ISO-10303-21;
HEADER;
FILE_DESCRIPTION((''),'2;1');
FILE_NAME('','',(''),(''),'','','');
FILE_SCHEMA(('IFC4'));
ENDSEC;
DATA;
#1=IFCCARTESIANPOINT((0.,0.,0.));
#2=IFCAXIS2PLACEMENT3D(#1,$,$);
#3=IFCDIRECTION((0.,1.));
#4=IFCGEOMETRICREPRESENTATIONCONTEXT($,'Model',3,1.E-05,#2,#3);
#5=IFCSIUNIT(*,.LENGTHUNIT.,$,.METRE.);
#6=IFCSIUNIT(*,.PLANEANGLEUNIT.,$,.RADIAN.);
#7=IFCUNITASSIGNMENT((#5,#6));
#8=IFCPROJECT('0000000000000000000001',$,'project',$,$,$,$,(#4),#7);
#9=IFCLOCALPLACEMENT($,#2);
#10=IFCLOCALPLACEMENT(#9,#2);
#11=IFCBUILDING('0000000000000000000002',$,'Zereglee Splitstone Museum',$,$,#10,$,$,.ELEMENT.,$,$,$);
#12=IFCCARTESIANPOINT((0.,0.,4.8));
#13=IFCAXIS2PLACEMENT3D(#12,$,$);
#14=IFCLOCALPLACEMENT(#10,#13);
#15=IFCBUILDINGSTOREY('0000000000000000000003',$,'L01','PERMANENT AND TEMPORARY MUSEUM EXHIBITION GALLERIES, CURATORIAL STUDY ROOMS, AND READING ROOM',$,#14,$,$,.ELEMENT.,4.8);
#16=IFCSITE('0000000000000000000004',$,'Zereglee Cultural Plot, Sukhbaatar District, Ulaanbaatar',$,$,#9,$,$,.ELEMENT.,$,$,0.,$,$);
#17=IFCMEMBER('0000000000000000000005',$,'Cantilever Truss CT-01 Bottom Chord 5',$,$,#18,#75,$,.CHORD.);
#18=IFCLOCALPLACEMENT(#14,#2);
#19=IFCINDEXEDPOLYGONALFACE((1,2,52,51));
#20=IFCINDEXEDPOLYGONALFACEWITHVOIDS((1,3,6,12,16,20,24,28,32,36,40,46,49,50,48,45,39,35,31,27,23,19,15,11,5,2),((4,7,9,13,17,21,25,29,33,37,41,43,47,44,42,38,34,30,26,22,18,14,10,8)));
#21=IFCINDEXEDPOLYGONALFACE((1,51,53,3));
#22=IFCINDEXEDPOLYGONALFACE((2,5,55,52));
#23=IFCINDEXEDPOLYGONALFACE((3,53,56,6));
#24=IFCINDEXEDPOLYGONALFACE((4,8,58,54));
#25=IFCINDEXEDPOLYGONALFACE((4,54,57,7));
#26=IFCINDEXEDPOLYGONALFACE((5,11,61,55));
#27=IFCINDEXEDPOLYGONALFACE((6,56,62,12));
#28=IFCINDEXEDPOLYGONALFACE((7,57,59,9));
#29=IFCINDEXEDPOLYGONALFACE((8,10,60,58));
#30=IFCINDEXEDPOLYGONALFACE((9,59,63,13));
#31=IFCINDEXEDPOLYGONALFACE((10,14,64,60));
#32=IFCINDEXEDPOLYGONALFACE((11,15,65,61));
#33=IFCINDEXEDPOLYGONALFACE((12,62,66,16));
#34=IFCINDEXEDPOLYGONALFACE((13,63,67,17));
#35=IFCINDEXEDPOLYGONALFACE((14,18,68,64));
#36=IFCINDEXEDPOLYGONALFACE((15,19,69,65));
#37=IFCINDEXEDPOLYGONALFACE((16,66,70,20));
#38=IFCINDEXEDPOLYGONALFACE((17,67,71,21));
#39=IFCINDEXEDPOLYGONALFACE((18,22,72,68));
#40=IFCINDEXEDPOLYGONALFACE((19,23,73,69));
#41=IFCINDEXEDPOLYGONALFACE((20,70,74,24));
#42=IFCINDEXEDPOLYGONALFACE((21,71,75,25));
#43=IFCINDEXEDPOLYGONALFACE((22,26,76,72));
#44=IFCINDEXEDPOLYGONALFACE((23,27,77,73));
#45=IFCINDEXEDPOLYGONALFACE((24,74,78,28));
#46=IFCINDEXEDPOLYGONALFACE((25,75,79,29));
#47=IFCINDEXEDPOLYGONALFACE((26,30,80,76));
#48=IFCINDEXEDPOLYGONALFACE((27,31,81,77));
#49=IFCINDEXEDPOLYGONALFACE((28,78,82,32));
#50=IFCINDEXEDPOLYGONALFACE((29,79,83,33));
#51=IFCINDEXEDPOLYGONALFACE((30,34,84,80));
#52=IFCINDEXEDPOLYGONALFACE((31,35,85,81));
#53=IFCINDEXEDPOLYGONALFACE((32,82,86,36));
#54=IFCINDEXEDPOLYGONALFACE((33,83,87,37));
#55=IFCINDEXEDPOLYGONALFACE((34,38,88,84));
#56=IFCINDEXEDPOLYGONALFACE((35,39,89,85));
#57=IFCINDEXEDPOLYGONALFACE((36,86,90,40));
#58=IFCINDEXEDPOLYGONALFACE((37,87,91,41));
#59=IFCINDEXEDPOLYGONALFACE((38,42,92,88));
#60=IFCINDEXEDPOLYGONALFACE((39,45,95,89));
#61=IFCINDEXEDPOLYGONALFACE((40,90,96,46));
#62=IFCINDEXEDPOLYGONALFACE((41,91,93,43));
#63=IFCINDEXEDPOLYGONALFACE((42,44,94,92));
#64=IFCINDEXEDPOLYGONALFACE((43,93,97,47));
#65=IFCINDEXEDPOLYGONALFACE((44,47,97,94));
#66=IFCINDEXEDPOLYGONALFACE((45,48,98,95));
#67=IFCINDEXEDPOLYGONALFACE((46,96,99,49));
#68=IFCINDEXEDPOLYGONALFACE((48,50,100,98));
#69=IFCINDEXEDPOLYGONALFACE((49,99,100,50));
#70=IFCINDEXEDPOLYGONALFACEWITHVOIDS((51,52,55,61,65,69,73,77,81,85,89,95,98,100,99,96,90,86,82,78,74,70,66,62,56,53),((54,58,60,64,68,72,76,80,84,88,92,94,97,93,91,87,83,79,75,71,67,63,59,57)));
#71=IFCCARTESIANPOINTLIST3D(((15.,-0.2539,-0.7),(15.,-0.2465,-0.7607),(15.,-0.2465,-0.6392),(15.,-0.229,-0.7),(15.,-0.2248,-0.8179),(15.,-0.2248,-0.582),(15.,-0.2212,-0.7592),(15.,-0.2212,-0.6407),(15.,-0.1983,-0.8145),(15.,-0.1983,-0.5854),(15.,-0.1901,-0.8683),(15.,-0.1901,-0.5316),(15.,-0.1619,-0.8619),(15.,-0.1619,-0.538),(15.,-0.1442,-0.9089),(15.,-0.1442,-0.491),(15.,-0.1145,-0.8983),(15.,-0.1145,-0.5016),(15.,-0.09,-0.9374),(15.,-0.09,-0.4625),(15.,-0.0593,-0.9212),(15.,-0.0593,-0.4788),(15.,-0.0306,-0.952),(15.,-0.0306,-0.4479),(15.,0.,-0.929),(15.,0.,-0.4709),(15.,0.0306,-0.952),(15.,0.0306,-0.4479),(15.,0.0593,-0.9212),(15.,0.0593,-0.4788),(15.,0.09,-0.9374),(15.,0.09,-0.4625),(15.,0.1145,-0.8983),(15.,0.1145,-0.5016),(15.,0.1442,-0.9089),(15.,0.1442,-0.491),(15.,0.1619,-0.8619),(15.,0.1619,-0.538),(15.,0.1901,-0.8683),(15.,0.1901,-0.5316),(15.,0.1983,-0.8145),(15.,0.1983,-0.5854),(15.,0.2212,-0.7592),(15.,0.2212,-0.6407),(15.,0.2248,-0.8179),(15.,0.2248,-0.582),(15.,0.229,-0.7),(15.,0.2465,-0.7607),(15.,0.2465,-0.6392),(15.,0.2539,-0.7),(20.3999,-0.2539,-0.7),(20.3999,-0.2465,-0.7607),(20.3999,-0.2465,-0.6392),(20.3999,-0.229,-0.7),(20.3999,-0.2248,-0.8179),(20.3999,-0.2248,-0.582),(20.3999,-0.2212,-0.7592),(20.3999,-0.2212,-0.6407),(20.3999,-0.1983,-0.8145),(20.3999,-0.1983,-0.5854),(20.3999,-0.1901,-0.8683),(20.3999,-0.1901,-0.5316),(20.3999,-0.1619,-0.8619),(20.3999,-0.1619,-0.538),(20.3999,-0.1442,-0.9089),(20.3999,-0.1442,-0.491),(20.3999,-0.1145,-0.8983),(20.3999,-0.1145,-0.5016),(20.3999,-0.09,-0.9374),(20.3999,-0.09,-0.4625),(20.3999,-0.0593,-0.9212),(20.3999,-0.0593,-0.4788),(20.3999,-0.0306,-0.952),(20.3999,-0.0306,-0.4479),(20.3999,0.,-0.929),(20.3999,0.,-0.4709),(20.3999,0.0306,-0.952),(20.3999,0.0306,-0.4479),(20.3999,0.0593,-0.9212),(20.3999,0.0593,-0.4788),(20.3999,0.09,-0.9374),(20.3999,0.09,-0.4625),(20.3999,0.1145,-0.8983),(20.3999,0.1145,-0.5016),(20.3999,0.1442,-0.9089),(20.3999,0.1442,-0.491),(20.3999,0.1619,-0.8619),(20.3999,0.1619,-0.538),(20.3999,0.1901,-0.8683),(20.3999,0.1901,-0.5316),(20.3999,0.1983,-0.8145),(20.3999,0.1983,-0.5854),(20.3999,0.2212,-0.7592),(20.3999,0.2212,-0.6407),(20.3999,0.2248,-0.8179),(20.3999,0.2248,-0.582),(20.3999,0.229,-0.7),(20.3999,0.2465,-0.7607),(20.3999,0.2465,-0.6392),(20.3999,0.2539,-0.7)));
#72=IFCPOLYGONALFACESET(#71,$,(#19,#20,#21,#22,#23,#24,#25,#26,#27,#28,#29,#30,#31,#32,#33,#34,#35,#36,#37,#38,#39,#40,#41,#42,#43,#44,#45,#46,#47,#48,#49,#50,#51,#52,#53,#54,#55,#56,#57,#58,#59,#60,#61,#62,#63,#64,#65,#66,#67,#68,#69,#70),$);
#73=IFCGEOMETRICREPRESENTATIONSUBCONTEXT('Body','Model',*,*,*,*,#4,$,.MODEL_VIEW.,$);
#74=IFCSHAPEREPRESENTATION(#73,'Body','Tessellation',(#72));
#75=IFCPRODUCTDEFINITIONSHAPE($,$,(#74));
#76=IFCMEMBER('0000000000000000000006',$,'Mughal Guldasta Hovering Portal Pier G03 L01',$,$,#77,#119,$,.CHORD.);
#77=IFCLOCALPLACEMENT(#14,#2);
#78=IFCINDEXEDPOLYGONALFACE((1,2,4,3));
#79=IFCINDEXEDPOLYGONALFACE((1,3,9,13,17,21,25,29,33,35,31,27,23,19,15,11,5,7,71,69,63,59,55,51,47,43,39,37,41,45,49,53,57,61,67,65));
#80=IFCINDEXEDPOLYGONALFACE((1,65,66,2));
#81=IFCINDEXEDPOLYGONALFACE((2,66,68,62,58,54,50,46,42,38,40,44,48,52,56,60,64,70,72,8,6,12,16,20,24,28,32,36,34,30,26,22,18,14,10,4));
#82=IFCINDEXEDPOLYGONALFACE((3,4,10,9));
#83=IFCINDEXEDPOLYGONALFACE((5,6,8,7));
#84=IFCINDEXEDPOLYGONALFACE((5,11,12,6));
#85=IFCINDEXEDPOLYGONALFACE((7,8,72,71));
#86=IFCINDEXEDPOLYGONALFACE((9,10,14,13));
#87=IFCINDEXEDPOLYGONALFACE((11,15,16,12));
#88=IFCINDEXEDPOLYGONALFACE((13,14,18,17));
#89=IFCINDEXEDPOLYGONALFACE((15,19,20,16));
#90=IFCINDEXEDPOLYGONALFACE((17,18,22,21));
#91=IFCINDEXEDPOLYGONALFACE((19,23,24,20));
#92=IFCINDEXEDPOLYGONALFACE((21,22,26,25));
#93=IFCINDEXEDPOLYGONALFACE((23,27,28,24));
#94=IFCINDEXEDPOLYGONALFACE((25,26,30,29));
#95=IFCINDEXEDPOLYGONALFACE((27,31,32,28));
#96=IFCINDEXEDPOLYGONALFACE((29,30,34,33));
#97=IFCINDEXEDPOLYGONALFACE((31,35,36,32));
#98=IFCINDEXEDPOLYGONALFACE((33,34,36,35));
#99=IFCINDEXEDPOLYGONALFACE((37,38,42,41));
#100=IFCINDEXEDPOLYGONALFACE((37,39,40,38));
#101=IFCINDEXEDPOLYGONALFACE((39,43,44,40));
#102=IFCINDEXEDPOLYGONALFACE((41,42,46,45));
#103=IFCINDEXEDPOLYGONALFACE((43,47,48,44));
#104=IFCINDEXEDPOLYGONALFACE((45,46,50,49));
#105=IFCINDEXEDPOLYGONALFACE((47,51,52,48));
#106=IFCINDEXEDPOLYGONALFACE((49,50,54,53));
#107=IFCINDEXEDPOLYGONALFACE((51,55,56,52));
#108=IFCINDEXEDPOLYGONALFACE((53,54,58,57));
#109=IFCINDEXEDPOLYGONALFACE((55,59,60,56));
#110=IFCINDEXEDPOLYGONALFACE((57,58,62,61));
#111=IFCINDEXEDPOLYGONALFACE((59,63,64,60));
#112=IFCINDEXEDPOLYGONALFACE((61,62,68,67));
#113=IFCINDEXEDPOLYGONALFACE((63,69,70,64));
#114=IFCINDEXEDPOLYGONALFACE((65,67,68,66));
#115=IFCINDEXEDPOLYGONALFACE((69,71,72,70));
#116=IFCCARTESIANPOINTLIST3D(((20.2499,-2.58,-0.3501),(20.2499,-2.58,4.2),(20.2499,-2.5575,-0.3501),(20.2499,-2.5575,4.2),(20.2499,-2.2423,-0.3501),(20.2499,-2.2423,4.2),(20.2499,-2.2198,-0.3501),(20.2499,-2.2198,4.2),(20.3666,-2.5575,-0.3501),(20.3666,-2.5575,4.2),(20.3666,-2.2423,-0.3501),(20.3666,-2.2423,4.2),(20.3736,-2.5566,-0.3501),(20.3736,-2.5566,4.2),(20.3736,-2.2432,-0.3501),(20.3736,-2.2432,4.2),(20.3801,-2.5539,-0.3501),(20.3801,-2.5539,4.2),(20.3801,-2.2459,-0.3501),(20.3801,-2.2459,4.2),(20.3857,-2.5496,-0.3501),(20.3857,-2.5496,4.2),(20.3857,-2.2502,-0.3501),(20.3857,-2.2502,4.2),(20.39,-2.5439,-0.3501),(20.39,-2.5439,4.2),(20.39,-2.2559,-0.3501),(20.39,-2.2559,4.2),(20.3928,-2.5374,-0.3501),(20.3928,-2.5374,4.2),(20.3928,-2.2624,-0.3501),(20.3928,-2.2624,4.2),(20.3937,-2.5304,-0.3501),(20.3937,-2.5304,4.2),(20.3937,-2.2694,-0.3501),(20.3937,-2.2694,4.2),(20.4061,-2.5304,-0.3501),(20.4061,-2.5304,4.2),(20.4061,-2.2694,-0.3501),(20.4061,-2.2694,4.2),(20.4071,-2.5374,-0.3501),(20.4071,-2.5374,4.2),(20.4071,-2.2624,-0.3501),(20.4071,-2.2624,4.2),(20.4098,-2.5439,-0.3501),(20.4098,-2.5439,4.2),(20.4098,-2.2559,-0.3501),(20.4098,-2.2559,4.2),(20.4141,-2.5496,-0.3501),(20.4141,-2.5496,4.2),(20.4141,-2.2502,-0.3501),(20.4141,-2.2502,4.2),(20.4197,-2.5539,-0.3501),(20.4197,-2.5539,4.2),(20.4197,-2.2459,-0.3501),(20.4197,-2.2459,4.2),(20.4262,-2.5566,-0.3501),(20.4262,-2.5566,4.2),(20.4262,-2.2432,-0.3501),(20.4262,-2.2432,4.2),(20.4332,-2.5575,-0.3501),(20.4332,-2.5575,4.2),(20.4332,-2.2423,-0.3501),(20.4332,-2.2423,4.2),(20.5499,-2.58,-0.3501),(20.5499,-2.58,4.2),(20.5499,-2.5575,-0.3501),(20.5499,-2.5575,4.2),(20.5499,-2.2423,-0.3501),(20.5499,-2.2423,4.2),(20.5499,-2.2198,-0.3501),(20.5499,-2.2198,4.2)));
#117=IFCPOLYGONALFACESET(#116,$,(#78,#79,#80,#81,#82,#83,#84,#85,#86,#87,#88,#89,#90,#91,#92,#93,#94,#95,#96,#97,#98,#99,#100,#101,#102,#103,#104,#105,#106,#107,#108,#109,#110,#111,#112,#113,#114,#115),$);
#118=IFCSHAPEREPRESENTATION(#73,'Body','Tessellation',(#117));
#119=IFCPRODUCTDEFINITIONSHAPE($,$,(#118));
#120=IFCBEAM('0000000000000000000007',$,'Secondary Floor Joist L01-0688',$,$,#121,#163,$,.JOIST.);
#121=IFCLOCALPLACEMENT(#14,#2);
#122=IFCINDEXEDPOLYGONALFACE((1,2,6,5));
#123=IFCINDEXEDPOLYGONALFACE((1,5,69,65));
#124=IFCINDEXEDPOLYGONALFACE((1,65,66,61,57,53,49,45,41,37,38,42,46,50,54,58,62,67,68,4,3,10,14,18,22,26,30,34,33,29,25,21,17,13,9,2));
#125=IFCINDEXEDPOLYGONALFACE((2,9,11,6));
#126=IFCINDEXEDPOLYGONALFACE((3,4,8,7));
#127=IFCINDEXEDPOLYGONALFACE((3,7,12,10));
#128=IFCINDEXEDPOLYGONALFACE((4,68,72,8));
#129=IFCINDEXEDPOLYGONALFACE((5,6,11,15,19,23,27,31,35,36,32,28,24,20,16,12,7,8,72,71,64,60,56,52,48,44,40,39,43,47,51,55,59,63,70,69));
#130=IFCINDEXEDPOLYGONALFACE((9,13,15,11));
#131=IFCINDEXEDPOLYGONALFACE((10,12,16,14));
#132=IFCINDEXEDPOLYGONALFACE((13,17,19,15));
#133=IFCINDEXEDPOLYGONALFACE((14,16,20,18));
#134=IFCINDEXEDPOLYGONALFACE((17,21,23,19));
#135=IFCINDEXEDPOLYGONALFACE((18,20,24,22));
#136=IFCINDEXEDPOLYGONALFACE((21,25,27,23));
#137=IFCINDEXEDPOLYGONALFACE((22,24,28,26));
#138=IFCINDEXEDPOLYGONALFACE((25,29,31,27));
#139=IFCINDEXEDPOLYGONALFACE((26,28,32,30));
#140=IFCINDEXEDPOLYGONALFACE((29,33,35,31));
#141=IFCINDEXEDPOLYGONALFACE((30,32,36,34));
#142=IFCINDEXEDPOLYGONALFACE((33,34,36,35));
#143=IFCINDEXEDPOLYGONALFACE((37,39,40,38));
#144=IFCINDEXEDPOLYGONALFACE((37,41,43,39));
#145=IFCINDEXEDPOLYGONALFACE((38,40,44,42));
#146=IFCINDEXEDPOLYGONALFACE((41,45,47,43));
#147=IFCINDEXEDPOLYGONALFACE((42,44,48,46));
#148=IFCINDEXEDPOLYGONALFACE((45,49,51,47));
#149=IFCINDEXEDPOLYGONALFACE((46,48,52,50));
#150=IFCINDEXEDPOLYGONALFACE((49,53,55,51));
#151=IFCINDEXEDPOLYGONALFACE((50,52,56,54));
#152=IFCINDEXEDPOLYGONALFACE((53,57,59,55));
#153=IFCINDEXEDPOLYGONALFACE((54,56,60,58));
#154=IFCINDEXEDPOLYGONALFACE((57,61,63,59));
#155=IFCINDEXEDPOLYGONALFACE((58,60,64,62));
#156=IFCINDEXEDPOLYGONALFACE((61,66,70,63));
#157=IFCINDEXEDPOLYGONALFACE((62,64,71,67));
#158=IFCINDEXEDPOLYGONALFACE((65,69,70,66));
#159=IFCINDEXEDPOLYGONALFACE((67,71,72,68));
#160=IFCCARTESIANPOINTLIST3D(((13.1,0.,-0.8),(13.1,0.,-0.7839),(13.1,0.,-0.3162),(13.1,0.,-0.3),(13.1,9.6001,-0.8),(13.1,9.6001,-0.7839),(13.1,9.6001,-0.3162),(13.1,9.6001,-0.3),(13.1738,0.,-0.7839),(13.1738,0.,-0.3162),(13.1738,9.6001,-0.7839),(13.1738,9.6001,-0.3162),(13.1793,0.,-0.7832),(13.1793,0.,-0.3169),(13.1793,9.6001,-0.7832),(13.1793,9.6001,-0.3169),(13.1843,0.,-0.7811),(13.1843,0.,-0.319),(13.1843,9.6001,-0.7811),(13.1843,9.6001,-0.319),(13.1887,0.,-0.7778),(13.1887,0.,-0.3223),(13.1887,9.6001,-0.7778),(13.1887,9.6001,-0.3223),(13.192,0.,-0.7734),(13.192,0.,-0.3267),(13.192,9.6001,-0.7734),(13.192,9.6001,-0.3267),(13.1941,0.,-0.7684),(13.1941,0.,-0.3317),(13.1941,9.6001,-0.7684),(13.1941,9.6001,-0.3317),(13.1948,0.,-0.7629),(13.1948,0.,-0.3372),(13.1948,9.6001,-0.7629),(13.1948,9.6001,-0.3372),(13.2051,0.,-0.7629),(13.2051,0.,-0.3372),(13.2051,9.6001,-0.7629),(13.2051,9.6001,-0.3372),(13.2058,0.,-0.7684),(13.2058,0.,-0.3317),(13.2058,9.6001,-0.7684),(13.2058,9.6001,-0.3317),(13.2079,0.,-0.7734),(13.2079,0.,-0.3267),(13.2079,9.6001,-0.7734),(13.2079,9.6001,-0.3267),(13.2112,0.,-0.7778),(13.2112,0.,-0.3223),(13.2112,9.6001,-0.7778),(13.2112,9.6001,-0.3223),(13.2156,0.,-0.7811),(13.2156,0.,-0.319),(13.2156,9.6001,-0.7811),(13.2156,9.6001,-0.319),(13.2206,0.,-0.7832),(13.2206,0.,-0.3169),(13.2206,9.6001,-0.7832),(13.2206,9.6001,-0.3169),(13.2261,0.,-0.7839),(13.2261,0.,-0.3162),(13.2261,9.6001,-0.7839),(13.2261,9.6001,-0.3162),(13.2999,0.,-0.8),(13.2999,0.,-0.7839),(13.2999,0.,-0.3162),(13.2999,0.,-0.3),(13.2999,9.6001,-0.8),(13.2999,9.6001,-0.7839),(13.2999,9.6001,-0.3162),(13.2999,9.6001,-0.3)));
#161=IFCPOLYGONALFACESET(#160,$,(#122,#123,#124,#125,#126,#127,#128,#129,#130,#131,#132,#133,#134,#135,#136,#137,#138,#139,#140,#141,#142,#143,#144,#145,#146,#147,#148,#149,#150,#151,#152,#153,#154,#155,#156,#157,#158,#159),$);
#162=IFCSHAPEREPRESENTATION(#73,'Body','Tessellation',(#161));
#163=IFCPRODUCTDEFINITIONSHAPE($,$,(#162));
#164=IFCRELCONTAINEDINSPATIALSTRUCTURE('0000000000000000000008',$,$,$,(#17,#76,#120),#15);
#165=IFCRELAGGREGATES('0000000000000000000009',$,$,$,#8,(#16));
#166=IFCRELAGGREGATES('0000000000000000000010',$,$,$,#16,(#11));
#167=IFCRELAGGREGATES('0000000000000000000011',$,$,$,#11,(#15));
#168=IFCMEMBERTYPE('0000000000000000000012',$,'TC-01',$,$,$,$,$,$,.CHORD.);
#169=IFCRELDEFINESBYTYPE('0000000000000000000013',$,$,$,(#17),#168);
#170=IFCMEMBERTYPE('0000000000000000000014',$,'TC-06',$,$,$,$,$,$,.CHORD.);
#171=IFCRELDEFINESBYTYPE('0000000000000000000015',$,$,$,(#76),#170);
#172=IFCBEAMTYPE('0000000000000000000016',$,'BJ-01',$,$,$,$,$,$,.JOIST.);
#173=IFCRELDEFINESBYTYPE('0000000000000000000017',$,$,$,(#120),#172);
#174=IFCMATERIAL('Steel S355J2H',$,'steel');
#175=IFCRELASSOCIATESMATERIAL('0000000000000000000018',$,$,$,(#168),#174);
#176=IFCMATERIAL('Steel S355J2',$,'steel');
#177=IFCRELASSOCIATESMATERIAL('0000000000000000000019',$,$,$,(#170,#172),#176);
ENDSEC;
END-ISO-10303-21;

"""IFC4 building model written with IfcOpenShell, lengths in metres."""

from ifc_helpers import new_model, si_unit, direction, frame, origin, origin_2d, place, context, subcontext, project, spatial, hollow_circle, i_section, extrude, material, material_profile, profile_set, type_object, element, save


model = new_model("IFC4")

# Units and contexts
model_context = context("Model", 3, precision=1e-05, world=origin(), true_north=direction((0.0, 1.0)))
body_context = subcontext(model_context, "Body", "Model", "MODEL_VIEW")
ifc_project = project(units=[si_unit("LENGTHUNIT", "METRE"), si_unit("PLANEANGLEUNIT", "RADIAN")], contexts=[model_context])

# Site, building, storey
site_placement = place(None, origin())
site = spatial("IfcSite", under=ifc_project, at=site_placement, Name="Zereglee Cultural Plot, Sukhbaatar District, Ulaanbaatar", CompositionType="ELEMENT", RefElevation=0.0)
building_placement = place(site_placement, origin())
building = spatial("IfcBuilding", under=site, at=building_placement, Name="Zereglee Splitstone Museum", CompositionType="ELEMENT")
storey_placement = place(building_placement, frame((0.0, 0.0, 4.8)))
storey = spatial("IfcBuildingStorey", under=building, at=storey_placement, Name="L01", Description="PERMANENT AND TEMPORARY MUSEUM EXHIBITION GALLERIES, CURATORIAL STUDY ROOMS, AND READING ROOM", CompositionType="ELEMENT", Elevation=4.8)

# Members
ifc_material_1 = material(Name="Steel S355J2H", Category="steel")
ifc_material_profile_1 = material_profile(ifc_material_1, hollow_circle(Radius=0.2539, WallThickness=0.0249, at=origin_2d()), Name="CHS 508.0x25")
ifc_profile_set_1 = profile_set([ifc_material_profile_1], Name="Steel S355J2H")
member_type_1 = type_object("IfcMemberType", Name="TC-01", PredefinedType="CHORD", material=ifc_profile_set_1)
for number, where, z_axis, x_axis, name in (
    (1, (15.0, 0.0, -0.7), (1.0, 0.0, 0.0), (0.0, 1.0, 0.0), "Cantilever Truss CT-01 Bottom Chord 5"),
):
    element("IfcMember", number, at=place(storey_placement, frame(where, z_axis=z_axis, x_axis=x_axis)), inside=storey, type_object=member_type_1, Name=name, PredefinedType="CHORD", context=body_context, shape_type="SweptSolid", body=[
        extrude(hollow_circle(Radius=0.2539, WallThickness=0.0249, at=origin_2d()), origin(), (0.0, 0.0, 1.0), 5.3999),
    ])
ifc_material_2 = material(Name="Steel S355J2", Category="steel")
ifc_material_profile_2 = material_profile(ifc_material_2, i_section(OverallWidth=0.3, OverallDepth=0.3601, WebThickness=0.0125, FlangeThickness=0.0225, FilletRadius=0.0271, at=origin_2d()), Name="HE 360 B")
ifc_profile_set_2 = profile_set([ifc_material_profile_2], Name="Steel S355J2")
member_type_2 = type_object("IfcMemberType", Name="TC-06", PredefinedType="CHORD", material=ifc_profile_set_2)
member_1_placement = place(storey_placement, frame((20.3999, -2.3999, -0.3501), z_axis=(0.0, 0.0, 1.0), x_axis=(1.0, 0.0, 0.0)))
element("IfcMember", 2, at=member_1_placement, inside=storey, type_object=member_type_2, Name="Mughal Guldasta Hovering Portal Pier G03 L01", PredefinedType="CHORD", context=body_context, shape_type="SweptSolid", body=[
    extrude(i_section(OverallWidth=0.3, OverallDepth=0.3601, WebThickness=0.0125, FlangeThickness=0.0225, FilletRadius=0.0271, at=origin_2d()), origin(), (0.0, 0.0, 1.0), 4.55),
])

# Beam
ifc_material_profile_3 = material_profile(ifc_material_2, i_section(OverallWidth=0.2, OverallDepth=0.5, WebThickness=0.0103, FlangeThickness=0.0161, FilletRadius=0.021, at=origin_2d()), Name="IPE 500")
ifc_profile_set_3 = profile_set([ifc_material_profile_3], Name="Steel S355J2")
beam_type_1 = type_object("IfcBeamType", Name="BJ-01", PredefinedType="JOIST", material=ifc_profile_set_3)
for number, where, z_axis, x_axis, name in (
    (3, (13.2, 0.0, -0.55), (0.0, 1.0, 0.0), (-1.0, 0.0, 0.0), "Secondary Floor Joist L01-0688"),
):
    element("IfcBeam", number, at=place(storey_placement, frame(where, z_axis=z_axis, x_axis=x_axis)), inside=storey, type_object=beam_type_1, Name=name, PredefinedType="JOIST", context=body_context, shape_type="SweptSolid", body=[
        extrude(i_section(OverallWidth=0.2, OverallDepth=0.5, WebThickness=0.0103, FlangeThickness=0.0161, FilletRadius=0.021, at=origin_2d()), origin(), (0.0, 0.0, 1.0), 9.6001),
    ])

save(model, "model.ifc")
